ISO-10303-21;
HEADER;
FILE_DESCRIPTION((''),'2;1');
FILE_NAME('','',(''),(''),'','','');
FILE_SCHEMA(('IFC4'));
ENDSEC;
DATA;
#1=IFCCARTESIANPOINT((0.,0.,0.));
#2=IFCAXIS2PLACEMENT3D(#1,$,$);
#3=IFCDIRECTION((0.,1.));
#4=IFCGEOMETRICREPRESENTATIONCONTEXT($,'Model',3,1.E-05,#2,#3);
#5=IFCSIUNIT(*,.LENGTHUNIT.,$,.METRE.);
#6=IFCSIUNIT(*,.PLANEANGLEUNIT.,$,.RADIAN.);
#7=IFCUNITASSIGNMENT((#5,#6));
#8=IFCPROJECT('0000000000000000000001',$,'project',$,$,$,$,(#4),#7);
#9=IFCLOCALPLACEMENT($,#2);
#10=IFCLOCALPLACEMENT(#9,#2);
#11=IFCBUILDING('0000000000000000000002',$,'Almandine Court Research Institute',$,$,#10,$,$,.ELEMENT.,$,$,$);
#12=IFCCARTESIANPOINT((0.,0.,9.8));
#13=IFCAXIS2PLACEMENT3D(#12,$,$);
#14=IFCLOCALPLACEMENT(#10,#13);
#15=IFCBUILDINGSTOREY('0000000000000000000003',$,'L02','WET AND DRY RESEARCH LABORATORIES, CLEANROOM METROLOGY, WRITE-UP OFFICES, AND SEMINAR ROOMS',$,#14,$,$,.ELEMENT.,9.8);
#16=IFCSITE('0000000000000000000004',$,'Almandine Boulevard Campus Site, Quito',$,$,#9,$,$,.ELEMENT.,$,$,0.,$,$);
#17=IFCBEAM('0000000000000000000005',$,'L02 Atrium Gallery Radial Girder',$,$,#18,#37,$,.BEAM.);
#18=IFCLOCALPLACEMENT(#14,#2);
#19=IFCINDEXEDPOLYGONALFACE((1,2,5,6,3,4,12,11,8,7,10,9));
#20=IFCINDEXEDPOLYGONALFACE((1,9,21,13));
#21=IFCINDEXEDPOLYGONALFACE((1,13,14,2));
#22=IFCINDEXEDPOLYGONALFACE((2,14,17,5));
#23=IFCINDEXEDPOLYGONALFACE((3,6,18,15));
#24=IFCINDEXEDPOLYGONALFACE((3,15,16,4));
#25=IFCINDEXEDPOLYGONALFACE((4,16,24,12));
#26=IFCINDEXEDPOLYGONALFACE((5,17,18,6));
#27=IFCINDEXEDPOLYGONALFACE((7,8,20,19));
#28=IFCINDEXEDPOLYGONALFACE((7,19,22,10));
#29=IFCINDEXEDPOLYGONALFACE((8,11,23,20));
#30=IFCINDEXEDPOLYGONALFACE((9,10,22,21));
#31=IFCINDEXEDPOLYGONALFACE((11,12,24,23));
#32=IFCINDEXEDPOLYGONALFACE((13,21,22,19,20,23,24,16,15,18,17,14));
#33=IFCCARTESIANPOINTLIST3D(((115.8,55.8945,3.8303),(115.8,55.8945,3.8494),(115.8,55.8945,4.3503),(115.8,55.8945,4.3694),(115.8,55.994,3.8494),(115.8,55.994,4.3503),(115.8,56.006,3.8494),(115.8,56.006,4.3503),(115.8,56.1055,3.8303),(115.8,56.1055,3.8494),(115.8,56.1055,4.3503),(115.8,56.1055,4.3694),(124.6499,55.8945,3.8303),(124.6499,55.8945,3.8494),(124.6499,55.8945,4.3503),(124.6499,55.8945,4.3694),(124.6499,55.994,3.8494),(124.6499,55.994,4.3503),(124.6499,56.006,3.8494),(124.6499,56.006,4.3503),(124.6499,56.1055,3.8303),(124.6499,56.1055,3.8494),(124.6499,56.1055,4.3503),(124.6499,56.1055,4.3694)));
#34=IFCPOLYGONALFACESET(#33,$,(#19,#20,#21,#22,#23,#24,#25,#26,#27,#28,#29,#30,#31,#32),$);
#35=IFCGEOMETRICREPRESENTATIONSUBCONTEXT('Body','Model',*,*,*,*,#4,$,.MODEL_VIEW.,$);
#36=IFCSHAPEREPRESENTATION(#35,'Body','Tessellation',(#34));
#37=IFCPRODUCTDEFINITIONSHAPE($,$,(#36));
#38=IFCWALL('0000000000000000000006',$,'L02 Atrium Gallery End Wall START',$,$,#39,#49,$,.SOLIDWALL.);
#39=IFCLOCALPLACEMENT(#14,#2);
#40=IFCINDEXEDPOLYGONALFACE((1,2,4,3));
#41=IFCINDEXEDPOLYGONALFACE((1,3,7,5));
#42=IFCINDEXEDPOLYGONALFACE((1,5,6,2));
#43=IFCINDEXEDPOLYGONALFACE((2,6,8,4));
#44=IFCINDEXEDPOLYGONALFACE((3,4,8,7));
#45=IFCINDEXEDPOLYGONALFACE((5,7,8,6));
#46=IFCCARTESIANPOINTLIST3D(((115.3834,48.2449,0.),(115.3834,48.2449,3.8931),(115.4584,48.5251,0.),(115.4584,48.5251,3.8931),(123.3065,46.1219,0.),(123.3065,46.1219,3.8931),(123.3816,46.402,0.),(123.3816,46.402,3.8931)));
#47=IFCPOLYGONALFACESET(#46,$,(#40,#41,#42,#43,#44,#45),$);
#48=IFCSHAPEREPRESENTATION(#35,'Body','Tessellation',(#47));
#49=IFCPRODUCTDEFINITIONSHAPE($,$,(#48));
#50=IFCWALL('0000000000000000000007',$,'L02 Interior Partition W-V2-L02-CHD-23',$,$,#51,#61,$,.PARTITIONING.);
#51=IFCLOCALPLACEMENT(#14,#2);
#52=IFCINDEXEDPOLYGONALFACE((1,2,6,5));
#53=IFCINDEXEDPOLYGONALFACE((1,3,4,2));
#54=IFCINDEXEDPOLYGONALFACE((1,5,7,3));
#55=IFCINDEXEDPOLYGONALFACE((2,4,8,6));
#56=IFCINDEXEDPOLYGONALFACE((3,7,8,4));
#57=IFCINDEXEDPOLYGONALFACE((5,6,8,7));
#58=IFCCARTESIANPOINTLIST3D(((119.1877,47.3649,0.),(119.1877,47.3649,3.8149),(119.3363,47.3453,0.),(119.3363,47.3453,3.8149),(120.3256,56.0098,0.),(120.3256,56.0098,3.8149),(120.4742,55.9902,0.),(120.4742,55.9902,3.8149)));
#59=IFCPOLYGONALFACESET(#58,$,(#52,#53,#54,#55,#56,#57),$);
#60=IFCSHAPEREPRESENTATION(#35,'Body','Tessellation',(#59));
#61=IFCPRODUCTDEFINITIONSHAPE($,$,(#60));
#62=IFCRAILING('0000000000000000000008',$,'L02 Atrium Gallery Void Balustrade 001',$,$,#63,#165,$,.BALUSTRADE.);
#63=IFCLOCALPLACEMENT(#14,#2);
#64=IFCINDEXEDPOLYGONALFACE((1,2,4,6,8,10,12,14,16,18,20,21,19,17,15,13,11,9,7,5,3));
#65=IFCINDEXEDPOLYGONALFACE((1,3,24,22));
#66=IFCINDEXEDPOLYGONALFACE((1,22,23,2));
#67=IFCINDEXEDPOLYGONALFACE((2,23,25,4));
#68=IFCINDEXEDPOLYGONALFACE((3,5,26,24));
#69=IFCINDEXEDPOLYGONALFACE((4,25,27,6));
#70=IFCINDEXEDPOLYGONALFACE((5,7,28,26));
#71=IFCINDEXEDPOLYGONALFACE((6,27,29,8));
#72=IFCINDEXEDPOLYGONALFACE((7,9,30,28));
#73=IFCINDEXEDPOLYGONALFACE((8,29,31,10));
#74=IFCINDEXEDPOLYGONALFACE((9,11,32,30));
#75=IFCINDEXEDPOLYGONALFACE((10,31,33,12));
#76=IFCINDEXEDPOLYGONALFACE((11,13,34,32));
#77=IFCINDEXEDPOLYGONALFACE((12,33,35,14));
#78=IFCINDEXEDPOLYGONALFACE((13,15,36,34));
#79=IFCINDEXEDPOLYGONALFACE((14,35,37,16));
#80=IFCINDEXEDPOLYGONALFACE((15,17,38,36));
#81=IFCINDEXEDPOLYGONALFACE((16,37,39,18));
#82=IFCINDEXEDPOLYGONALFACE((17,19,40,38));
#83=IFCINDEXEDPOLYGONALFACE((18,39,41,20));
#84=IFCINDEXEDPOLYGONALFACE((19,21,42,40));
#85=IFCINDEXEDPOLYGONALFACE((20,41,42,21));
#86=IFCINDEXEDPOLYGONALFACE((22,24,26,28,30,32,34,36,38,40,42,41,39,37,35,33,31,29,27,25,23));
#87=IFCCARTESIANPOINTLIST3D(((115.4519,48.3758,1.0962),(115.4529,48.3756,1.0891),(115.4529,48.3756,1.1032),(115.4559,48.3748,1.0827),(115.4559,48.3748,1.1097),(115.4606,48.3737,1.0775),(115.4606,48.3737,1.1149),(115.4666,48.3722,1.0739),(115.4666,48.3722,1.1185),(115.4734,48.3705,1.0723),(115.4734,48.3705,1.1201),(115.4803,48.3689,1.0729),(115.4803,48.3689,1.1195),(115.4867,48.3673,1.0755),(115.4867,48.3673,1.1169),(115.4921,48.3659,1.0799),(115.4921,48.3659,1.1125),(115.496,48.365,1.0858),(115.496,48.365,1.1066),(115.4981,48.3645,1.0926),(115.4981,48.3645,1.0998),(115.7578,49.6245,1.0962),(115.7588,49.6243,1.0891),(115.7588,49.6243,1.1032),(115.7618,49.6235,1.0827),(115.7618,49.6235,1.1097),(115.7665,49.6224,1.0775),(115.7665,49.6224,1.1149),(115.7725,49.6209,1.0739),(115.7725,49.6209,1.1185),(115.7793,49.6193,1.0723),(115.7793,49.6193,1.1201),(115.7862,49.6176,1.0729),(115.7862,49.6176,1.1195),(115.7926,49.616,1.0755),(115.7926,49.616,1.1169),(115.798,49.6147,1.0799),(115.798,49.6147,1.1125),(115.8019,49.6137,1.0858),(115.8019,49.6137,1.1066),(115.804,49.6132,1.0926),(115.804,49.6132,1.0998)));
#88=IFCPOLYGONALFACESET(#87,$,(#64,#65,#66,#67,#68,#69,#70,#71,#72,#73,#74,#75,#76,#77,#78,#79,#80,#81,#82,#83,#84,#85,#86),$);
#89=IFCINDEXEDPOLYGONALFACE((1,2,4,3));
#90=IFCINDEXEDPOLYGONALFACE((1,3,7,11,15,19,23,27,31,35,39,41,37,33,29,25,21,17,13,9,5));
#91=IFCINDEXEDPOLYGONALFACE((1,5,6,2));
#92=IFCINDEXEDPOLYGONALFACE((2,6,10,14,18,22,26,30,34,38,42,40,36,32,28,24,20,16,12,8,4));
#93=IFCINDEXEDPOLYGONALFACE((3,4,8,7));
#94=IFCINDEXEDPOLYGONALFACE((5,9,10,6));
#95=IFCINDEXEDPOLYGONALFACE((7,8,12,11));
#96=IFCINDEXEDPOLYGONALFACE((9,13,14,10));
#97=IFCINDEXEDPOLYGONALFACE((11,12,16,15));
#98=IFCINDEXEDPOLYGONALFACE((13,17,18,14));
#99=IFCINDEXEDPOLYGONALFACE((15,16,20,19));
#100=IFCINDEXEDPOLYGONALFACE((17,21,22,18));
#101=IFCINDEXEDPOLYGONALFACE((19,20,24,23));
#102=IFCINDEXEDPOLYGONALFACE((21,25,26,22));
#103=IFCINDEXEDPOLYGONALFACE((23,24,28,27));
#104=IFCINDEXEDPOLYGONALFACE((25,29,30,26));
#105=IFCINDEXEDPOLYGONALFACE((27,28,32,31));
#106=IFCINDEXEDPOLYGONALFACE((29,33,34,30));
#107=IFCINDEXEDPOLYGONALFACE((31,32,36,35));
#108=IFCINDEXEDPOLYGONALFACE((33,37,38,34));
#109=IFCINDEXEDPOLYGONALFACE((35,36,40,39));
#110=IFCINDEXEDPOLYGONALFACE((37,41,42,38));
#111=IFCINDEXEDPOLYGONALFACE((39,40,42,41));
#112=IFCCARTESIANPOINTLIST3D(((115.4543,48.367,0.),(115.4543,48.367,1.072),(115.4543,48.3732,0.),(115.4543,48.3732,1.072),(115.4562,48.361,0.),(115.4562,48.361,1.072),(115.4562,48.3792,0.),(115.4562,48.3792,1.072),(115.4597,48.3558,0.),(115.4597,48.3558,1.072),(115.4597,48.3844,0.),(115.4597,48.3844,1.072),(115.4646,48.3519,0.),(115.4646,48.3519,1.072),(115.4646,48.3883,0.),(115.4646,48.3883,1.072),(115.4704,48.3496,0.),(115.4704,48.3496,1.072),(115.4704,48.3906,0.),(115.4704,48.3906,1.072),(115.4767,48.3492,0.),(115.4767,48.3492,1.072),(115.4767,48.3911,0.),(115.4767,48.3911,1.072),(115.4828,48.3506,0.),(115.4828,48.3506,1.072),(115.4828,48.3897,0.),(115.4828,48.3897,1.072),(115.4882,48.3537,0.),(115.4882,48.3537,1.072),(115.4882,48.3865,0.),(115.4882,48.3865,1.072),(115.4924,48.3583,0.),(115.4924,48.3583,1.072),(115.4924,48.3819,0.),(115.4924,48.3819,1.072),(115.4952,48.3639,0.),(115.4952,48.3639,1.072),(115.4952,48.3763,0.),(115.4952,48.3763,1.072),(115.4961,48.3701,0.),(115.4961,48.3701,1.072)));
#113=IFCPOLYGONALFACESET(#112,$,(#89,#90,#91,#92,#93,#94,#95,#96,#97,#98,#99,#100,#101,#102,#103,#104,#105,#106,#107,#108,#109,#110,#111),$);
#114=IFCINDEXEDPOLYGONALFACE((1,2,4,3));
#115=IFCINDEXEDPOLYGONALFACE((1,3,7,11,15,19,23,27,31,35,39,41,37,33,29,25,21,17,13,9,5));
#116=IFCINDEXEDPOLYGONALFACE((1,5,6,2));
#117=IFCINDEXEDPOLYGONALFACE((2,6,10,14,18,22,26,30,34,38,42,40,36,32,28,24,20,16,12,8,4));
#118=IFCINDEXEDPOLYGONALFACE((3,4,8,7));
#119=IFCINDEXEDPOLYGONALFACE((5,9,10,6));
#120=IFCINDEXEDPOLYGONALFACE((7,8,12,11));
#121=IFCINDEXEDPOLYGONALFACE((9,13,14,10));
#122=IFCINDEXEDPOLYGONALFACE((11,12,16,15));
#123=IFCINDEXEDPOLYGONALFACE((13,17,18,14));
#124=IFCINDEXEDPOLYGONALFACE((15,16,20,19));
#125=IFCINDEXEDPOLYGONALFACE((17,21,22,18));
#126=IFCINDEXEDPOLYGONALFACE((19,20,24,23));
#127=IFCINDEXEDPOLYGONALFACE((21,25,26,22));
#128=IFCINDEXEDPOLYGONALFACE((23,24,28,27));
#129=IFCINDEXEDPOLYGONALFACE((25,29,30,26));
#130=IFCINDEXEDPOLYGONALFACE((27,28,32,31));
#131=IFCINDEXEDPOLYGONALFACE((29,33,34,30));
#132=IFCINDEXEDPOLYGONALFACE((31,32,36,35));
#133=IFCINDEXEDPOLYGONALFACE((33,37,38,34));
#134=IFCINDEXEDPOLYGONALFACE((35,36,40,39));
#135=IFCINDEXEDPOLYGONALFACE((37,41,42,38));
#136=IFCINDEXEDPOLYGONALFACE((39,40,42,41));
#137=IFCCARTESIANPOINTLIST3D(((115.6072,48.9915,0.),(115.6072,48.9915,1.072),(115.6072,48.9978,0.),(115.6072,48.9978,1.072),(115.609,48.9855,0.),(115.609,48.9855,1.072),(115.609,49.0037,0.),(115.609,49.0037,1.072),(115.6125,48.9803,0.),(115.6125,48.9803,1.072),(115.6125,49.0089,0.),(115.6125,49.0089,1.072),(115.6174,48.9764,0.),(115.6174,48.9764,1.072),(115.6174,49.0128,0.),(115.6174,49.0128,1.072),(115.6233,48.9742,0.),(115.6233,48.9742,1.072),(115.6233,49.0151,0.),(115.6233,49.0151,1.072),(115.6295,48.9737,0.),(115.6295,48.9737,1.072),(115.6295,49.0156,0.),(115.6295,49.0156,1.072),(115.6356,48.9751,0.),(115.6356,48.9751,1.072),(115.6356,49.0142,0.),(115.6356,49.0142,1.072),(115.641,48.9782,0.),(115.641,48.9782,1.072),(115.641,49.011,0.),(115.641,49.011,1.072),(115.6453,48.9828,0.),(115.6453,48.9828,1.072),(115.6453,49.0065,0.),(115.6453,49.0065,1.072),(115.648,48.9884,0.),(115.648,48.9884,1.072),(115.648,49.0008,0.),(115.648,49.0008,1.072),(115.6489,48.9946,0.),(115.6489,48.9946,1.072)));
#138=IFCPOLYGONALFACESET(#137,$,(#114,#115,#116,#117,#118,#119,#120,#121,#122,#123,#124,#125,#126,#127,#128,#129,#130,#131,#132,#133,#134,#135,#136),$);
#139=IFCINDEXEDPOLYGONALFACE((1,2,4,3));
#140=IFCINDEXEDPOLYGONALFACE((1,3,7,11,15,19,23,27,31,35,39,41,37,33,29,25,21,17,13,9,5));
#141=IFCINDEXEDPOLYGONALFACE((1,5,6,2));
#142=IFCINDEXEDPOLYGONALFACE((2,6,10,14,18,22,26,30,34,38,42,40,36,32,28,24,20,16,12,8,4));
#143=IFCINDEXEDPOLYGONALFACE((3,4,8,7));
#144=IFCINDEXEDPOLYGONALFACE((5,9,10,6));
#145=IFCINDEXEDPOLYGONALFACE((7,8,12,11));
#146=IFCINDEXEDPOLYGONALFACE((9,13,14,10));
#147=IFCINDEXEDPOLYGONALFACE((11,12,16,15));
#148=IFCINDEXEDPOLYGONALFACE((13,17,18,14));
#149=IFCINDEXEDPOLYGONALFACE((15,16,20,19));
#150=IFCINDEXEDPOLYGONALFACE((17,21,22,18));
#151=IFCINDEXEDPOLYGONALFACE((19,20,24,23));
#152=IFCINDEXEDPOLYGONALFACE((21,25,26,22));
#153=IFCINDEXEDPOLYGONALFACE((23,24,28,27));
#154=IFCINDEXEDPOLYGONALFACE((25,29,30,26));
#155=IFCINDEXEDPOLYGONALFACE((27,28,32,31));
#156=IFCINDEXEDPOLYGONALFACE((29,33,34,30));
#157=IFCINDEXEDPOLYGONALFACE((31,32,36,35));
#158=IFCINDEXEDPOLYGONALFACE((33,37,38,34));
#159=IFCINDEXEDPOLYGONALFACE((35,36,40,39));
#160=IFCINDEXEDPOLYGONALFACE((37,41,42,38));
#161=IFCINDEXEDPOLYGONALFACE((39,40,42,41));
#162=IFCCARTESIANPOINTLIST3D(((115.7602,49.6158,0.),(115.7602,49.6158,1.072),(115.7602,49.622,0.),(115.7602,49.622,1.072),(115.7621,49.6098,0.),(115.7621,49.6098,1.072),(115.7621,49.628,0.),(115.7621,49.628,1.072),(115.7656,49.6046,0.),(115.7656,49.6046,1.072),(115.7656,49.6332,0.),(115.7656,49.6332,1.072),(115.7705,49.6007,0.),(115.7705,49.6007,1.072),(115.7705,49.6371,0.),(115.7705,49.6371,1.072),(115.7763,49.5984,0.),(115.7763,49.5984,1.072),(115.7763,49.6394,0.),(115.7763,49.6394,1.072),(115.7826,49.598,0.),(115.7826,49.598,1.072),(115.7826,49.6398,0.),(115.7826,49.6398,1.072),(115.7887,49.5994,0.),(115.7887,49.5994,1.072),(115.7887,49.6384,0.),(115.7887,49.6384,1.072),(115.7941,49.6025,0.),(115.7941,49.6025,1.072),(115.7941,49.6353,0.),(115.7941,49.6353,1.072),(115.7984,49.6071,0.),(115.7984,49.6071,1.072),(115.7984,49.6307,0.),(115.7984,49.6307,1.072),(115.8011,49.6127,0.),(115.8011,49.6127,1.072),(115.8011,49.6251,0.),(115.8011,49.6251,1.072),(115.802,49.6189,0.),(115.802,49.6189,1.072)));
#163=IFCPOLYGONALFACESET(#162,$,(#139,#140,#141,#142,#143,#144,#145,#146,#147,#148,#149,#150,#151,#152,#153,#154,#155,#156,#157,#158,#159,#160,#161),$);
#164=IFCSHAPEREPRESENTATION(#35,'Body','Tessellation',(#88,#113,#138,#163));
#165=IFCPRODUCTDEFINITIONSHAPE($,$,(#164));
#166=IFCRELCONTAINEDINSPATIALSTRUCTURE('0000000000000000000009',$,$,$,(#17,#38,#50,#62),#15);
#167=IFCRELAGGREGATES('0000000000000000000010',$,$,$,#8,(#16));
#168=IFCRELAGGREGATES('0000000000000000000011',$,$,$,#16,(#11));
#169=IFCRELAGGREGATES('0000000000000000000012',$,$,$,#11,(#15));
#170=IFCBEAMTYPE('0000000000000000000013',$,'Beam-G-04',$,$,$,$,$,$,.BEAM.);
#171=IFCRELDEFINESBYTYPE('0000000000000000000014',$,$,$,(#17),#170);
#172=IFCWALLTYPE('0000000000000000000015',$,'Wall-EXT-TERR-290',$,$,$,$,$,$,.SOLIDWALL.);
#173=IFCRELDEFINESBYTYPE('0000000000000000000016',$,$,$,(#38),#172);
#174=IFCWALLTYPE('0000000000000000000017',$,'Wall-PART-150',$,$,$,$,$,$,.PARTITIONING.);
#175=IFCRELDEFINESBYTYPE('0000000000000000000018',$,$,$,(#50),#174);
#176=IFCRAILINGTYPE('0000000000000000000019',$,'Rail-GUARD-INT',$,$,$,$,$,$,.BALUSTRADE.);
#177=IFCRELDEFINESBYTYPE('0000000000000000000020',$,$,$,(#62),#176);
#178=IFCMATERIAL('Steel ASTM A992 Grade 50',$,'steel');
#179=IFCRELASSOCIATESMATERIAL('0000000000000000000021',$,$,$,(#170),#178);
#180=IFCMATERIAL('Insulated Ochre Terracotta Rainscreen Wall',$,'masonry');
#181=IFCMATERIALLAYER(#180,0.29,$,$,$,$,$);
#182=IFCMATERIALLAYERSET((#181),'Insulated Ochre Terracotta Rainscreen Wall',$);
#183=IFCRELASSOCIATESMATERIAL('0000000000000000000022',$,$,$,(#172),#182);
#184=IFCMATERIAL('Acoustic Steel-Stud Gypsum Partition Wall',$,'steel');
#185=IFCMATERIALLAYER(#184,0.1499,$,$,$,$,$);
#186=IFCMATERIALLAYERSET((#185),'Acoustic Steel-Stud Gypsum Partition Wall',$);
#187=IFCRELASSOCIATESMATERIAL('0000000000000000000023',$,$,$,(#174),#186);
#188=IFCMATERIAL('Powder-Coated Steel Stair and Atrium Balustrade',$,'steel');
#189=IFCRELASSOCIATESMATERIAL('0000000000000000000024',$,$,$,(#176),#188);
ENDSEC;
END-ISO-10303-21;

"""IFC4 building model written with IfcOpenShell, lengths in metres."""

from ifc_helpers import new_model, si_unit, direction, frame, frame_2d, origin, origin_2d, place, context, subcontext, project, spatial, rectangle, circle, i_section, extrude, material, layer, layer_set, material_profile, profile_set, type_object, element, save


model = new_model("IFC4")

# Units and contexts
model_context = context("Model", 3, precision=1e-05, world=origin(), true_north=direction((0.0, 1.0)))
body_context = subcontext(model_context, "Body", "Model", "MODEL_VIEW")
ifc_project = project(units=[si_unit("LENGTHUNIT", "METRE"), si_unit("PLANEANGLEUNIT", "RADIAN")], contexts=[model_context])

# Site, building, storey
site_placement = place(None, origin())
site = spatial("IfcSite", under=ifc_project, at=site_placement, Name="Almandine Boulevard Campus Site, Quito", CompositionType="ELEMENT", RefElevation=0.0)
building_placement = place(site_placement, origin())
building = spatial("IfcBuilding", under=site, at=building_placement, Name="Almandine Court Research Institute", CompositionType="ELEMENT")
storey_placement = place(building_placement, frame((0.0, 0.0, 9.8)))
storey = spatial("IfcBuildingStorey", under=building, at=storey_placement, Name="L02", Description="WET AND DRY RESEARCH LABORATORIES, CLEANROOM METROLOGY, WRITE-UP OFFICES, AND SEMINAR ROOMS", CompositionType="ELEMENT", Elevation=9.8)

# Shared definitions
ifc_material_1 = material(Name="Steel ASTM A992 Grade 50", Category="steel")

# Beam
ifc_material_profile_1 = material_profile(ifc_material_1, i_section(OverallWidth=0.2109, OverallDepth=0.5391, WebThickness=0.012, FlangeThickness=0.019, at=origin_2d()), Name="W530x109")
ifc_profile_set_1 = profile_set([ifc_material_profile_1], Name="Steel ASTM A992 Grade 50")
beam_type_1 = type_object("IfcBeamType", Name="Beam-G-04", PredefinedType="BEAM", material=ifc_profile_set_1)
beam_1_placement = place(storey_placement, frame((115.8, 56.0, 4.0999), z_axis=(1.0, 0.0, 0.0), x_axis=(0.0, 1.0, 0.0)))
element("IfcBeam", 1, at=beam_1_placement, inside=storey, type_object=beam_type_1, Name="L02 Atrium Gallery Radial Girder", PredefinedType="BEAM", context=body_context, shape_type="SweptSolid", body=[
    extrude(i_section(OverallWidth=0.2109, OverallDepth=0.5391, WebThickness=0.012, FlangeThickness=0.019, at=origin_2d()), origin(), (0.0, 0.0, 1.0), 8.8499),
])

# Walls
ifc_material_2 = material(Name="Insulated Ochre Terracotta Rainscreen Wall", Category="masonry")
ifc_layer_1 = layer(ifc_material_2, 0.29)
ifc_layer_set_1 = layer_set([ifc_layer_1], Name="Insulated Ochre Terracotta Rainscreen Wall")
wall_type_1 = type_object("IfcWallType", Name="Wall-EXT-TERR-290", PredefinedType="SOLIDWALL", material=ifc_layer_set_1)
wall_1_placement = place(storey_placement, frame((115.4209, 48.385, 0.0), z_axis=(0.0, 0.0, 1.0), x_axis=(0.965924, -0.258826, 0.0)))
element("IfcWall", 2, at=wall_1_placement, inside=storey, type_object=wall_type_1, Name="L02 Atrium Gallery End Wall START", PredefinedType="SOLIDWALL", context=body_context, shape_type="SweptSolid", body=[
    extrude(rectangle(XDim=8.2026, YDim=0.29, at=frame_2d((4.1013, 0.0))), origin(), (0.0, 0.0, 1.0), 3.8931),
])
ifc_material_3 = material(Name="Acoustic Steel-Stud Gypsum Partition Wall", Category="steel")
ifc_layer_2 = layer(ifc_material_3, 0.1499)
ifc_layer_set_2 = layer_set([ifc_layer_2], Name="Acoustic Steel-Stud Gypsum Partition Wall")
wall_type_2 = type_object("IfcWallType", Name="Wall-PART-150", PredefinedType="PARTITIONING", material=ifc_layer_set_2)
wall_2_placement = place(storey_placement, frame((119.262, 47.355, 0.0), z_axis=(0.0, 0.0, 1.0), x_axis=(0.130504, 0.991448, 0.0)))
element("IfcWall", 3, at=wall_2_placement, inside=storey, type_object=wall_type_2, Name="L02 Interior Partition W-V2-L02-CHD-23", PredefinedType="PARTITIONING", context=body_context, shape_type="SweptSolid", body=[
    extrude(rectangle(XDim=8.7195, YDim=0.1499, at=frame_2d((4.3599, 0.0))), origin(), (0.0, 0.0, 1.0), 3.8149),
])

# Railing
ifc_material_4 = material(Name="Powder-Coated Steel Stair and Atrium Balustrade", Category="steel")
railing_type = type_object("IfcRailingType", Name="Rail-GUARD-INT", PredefinedType="BALUSTRADE", material=ifc_material_4)
railing_1_placement = place(storey_placement, frame((115.4751, 48.3701, 0.0)))
element("IfcRailing", 4, at=railing_1_placement, inside=storey, type_object=railing_type, Name="L02 Atrium Gallery Void Balustrade 001", PredefinedType="BALUSTRADE", context=body_context, shape_type="SweptSolid", body=[
    extrude(circle(Radius=0.0239, at=origin_2d()), frame((0.0, 0.0, 1.0962), z_axis=(0.237931, 0.971282, 0.0), x_axis=(-0.971282, 0.237931, 0.0)), (0.0, 0.0, 1.0), 1.2856),
    extrude(circle(Radius=0.021, at=origin_2d()), origin(), (0.0, 0.0, 1.0), 1.072),
    extrude(circle(Radius=0.021, at=origin_2d()), frame((0.1528, 0.6245, 0.0)), (0.0, 0.0, 1.0), 1.072),
    extrude(circle(Radius=0.021, at=origin_2d()), frame((0.3059, 1.2488, 0.0)), (0.0, 0.0, 1.0), 1.072),
])

save(model, "model.ifc")
